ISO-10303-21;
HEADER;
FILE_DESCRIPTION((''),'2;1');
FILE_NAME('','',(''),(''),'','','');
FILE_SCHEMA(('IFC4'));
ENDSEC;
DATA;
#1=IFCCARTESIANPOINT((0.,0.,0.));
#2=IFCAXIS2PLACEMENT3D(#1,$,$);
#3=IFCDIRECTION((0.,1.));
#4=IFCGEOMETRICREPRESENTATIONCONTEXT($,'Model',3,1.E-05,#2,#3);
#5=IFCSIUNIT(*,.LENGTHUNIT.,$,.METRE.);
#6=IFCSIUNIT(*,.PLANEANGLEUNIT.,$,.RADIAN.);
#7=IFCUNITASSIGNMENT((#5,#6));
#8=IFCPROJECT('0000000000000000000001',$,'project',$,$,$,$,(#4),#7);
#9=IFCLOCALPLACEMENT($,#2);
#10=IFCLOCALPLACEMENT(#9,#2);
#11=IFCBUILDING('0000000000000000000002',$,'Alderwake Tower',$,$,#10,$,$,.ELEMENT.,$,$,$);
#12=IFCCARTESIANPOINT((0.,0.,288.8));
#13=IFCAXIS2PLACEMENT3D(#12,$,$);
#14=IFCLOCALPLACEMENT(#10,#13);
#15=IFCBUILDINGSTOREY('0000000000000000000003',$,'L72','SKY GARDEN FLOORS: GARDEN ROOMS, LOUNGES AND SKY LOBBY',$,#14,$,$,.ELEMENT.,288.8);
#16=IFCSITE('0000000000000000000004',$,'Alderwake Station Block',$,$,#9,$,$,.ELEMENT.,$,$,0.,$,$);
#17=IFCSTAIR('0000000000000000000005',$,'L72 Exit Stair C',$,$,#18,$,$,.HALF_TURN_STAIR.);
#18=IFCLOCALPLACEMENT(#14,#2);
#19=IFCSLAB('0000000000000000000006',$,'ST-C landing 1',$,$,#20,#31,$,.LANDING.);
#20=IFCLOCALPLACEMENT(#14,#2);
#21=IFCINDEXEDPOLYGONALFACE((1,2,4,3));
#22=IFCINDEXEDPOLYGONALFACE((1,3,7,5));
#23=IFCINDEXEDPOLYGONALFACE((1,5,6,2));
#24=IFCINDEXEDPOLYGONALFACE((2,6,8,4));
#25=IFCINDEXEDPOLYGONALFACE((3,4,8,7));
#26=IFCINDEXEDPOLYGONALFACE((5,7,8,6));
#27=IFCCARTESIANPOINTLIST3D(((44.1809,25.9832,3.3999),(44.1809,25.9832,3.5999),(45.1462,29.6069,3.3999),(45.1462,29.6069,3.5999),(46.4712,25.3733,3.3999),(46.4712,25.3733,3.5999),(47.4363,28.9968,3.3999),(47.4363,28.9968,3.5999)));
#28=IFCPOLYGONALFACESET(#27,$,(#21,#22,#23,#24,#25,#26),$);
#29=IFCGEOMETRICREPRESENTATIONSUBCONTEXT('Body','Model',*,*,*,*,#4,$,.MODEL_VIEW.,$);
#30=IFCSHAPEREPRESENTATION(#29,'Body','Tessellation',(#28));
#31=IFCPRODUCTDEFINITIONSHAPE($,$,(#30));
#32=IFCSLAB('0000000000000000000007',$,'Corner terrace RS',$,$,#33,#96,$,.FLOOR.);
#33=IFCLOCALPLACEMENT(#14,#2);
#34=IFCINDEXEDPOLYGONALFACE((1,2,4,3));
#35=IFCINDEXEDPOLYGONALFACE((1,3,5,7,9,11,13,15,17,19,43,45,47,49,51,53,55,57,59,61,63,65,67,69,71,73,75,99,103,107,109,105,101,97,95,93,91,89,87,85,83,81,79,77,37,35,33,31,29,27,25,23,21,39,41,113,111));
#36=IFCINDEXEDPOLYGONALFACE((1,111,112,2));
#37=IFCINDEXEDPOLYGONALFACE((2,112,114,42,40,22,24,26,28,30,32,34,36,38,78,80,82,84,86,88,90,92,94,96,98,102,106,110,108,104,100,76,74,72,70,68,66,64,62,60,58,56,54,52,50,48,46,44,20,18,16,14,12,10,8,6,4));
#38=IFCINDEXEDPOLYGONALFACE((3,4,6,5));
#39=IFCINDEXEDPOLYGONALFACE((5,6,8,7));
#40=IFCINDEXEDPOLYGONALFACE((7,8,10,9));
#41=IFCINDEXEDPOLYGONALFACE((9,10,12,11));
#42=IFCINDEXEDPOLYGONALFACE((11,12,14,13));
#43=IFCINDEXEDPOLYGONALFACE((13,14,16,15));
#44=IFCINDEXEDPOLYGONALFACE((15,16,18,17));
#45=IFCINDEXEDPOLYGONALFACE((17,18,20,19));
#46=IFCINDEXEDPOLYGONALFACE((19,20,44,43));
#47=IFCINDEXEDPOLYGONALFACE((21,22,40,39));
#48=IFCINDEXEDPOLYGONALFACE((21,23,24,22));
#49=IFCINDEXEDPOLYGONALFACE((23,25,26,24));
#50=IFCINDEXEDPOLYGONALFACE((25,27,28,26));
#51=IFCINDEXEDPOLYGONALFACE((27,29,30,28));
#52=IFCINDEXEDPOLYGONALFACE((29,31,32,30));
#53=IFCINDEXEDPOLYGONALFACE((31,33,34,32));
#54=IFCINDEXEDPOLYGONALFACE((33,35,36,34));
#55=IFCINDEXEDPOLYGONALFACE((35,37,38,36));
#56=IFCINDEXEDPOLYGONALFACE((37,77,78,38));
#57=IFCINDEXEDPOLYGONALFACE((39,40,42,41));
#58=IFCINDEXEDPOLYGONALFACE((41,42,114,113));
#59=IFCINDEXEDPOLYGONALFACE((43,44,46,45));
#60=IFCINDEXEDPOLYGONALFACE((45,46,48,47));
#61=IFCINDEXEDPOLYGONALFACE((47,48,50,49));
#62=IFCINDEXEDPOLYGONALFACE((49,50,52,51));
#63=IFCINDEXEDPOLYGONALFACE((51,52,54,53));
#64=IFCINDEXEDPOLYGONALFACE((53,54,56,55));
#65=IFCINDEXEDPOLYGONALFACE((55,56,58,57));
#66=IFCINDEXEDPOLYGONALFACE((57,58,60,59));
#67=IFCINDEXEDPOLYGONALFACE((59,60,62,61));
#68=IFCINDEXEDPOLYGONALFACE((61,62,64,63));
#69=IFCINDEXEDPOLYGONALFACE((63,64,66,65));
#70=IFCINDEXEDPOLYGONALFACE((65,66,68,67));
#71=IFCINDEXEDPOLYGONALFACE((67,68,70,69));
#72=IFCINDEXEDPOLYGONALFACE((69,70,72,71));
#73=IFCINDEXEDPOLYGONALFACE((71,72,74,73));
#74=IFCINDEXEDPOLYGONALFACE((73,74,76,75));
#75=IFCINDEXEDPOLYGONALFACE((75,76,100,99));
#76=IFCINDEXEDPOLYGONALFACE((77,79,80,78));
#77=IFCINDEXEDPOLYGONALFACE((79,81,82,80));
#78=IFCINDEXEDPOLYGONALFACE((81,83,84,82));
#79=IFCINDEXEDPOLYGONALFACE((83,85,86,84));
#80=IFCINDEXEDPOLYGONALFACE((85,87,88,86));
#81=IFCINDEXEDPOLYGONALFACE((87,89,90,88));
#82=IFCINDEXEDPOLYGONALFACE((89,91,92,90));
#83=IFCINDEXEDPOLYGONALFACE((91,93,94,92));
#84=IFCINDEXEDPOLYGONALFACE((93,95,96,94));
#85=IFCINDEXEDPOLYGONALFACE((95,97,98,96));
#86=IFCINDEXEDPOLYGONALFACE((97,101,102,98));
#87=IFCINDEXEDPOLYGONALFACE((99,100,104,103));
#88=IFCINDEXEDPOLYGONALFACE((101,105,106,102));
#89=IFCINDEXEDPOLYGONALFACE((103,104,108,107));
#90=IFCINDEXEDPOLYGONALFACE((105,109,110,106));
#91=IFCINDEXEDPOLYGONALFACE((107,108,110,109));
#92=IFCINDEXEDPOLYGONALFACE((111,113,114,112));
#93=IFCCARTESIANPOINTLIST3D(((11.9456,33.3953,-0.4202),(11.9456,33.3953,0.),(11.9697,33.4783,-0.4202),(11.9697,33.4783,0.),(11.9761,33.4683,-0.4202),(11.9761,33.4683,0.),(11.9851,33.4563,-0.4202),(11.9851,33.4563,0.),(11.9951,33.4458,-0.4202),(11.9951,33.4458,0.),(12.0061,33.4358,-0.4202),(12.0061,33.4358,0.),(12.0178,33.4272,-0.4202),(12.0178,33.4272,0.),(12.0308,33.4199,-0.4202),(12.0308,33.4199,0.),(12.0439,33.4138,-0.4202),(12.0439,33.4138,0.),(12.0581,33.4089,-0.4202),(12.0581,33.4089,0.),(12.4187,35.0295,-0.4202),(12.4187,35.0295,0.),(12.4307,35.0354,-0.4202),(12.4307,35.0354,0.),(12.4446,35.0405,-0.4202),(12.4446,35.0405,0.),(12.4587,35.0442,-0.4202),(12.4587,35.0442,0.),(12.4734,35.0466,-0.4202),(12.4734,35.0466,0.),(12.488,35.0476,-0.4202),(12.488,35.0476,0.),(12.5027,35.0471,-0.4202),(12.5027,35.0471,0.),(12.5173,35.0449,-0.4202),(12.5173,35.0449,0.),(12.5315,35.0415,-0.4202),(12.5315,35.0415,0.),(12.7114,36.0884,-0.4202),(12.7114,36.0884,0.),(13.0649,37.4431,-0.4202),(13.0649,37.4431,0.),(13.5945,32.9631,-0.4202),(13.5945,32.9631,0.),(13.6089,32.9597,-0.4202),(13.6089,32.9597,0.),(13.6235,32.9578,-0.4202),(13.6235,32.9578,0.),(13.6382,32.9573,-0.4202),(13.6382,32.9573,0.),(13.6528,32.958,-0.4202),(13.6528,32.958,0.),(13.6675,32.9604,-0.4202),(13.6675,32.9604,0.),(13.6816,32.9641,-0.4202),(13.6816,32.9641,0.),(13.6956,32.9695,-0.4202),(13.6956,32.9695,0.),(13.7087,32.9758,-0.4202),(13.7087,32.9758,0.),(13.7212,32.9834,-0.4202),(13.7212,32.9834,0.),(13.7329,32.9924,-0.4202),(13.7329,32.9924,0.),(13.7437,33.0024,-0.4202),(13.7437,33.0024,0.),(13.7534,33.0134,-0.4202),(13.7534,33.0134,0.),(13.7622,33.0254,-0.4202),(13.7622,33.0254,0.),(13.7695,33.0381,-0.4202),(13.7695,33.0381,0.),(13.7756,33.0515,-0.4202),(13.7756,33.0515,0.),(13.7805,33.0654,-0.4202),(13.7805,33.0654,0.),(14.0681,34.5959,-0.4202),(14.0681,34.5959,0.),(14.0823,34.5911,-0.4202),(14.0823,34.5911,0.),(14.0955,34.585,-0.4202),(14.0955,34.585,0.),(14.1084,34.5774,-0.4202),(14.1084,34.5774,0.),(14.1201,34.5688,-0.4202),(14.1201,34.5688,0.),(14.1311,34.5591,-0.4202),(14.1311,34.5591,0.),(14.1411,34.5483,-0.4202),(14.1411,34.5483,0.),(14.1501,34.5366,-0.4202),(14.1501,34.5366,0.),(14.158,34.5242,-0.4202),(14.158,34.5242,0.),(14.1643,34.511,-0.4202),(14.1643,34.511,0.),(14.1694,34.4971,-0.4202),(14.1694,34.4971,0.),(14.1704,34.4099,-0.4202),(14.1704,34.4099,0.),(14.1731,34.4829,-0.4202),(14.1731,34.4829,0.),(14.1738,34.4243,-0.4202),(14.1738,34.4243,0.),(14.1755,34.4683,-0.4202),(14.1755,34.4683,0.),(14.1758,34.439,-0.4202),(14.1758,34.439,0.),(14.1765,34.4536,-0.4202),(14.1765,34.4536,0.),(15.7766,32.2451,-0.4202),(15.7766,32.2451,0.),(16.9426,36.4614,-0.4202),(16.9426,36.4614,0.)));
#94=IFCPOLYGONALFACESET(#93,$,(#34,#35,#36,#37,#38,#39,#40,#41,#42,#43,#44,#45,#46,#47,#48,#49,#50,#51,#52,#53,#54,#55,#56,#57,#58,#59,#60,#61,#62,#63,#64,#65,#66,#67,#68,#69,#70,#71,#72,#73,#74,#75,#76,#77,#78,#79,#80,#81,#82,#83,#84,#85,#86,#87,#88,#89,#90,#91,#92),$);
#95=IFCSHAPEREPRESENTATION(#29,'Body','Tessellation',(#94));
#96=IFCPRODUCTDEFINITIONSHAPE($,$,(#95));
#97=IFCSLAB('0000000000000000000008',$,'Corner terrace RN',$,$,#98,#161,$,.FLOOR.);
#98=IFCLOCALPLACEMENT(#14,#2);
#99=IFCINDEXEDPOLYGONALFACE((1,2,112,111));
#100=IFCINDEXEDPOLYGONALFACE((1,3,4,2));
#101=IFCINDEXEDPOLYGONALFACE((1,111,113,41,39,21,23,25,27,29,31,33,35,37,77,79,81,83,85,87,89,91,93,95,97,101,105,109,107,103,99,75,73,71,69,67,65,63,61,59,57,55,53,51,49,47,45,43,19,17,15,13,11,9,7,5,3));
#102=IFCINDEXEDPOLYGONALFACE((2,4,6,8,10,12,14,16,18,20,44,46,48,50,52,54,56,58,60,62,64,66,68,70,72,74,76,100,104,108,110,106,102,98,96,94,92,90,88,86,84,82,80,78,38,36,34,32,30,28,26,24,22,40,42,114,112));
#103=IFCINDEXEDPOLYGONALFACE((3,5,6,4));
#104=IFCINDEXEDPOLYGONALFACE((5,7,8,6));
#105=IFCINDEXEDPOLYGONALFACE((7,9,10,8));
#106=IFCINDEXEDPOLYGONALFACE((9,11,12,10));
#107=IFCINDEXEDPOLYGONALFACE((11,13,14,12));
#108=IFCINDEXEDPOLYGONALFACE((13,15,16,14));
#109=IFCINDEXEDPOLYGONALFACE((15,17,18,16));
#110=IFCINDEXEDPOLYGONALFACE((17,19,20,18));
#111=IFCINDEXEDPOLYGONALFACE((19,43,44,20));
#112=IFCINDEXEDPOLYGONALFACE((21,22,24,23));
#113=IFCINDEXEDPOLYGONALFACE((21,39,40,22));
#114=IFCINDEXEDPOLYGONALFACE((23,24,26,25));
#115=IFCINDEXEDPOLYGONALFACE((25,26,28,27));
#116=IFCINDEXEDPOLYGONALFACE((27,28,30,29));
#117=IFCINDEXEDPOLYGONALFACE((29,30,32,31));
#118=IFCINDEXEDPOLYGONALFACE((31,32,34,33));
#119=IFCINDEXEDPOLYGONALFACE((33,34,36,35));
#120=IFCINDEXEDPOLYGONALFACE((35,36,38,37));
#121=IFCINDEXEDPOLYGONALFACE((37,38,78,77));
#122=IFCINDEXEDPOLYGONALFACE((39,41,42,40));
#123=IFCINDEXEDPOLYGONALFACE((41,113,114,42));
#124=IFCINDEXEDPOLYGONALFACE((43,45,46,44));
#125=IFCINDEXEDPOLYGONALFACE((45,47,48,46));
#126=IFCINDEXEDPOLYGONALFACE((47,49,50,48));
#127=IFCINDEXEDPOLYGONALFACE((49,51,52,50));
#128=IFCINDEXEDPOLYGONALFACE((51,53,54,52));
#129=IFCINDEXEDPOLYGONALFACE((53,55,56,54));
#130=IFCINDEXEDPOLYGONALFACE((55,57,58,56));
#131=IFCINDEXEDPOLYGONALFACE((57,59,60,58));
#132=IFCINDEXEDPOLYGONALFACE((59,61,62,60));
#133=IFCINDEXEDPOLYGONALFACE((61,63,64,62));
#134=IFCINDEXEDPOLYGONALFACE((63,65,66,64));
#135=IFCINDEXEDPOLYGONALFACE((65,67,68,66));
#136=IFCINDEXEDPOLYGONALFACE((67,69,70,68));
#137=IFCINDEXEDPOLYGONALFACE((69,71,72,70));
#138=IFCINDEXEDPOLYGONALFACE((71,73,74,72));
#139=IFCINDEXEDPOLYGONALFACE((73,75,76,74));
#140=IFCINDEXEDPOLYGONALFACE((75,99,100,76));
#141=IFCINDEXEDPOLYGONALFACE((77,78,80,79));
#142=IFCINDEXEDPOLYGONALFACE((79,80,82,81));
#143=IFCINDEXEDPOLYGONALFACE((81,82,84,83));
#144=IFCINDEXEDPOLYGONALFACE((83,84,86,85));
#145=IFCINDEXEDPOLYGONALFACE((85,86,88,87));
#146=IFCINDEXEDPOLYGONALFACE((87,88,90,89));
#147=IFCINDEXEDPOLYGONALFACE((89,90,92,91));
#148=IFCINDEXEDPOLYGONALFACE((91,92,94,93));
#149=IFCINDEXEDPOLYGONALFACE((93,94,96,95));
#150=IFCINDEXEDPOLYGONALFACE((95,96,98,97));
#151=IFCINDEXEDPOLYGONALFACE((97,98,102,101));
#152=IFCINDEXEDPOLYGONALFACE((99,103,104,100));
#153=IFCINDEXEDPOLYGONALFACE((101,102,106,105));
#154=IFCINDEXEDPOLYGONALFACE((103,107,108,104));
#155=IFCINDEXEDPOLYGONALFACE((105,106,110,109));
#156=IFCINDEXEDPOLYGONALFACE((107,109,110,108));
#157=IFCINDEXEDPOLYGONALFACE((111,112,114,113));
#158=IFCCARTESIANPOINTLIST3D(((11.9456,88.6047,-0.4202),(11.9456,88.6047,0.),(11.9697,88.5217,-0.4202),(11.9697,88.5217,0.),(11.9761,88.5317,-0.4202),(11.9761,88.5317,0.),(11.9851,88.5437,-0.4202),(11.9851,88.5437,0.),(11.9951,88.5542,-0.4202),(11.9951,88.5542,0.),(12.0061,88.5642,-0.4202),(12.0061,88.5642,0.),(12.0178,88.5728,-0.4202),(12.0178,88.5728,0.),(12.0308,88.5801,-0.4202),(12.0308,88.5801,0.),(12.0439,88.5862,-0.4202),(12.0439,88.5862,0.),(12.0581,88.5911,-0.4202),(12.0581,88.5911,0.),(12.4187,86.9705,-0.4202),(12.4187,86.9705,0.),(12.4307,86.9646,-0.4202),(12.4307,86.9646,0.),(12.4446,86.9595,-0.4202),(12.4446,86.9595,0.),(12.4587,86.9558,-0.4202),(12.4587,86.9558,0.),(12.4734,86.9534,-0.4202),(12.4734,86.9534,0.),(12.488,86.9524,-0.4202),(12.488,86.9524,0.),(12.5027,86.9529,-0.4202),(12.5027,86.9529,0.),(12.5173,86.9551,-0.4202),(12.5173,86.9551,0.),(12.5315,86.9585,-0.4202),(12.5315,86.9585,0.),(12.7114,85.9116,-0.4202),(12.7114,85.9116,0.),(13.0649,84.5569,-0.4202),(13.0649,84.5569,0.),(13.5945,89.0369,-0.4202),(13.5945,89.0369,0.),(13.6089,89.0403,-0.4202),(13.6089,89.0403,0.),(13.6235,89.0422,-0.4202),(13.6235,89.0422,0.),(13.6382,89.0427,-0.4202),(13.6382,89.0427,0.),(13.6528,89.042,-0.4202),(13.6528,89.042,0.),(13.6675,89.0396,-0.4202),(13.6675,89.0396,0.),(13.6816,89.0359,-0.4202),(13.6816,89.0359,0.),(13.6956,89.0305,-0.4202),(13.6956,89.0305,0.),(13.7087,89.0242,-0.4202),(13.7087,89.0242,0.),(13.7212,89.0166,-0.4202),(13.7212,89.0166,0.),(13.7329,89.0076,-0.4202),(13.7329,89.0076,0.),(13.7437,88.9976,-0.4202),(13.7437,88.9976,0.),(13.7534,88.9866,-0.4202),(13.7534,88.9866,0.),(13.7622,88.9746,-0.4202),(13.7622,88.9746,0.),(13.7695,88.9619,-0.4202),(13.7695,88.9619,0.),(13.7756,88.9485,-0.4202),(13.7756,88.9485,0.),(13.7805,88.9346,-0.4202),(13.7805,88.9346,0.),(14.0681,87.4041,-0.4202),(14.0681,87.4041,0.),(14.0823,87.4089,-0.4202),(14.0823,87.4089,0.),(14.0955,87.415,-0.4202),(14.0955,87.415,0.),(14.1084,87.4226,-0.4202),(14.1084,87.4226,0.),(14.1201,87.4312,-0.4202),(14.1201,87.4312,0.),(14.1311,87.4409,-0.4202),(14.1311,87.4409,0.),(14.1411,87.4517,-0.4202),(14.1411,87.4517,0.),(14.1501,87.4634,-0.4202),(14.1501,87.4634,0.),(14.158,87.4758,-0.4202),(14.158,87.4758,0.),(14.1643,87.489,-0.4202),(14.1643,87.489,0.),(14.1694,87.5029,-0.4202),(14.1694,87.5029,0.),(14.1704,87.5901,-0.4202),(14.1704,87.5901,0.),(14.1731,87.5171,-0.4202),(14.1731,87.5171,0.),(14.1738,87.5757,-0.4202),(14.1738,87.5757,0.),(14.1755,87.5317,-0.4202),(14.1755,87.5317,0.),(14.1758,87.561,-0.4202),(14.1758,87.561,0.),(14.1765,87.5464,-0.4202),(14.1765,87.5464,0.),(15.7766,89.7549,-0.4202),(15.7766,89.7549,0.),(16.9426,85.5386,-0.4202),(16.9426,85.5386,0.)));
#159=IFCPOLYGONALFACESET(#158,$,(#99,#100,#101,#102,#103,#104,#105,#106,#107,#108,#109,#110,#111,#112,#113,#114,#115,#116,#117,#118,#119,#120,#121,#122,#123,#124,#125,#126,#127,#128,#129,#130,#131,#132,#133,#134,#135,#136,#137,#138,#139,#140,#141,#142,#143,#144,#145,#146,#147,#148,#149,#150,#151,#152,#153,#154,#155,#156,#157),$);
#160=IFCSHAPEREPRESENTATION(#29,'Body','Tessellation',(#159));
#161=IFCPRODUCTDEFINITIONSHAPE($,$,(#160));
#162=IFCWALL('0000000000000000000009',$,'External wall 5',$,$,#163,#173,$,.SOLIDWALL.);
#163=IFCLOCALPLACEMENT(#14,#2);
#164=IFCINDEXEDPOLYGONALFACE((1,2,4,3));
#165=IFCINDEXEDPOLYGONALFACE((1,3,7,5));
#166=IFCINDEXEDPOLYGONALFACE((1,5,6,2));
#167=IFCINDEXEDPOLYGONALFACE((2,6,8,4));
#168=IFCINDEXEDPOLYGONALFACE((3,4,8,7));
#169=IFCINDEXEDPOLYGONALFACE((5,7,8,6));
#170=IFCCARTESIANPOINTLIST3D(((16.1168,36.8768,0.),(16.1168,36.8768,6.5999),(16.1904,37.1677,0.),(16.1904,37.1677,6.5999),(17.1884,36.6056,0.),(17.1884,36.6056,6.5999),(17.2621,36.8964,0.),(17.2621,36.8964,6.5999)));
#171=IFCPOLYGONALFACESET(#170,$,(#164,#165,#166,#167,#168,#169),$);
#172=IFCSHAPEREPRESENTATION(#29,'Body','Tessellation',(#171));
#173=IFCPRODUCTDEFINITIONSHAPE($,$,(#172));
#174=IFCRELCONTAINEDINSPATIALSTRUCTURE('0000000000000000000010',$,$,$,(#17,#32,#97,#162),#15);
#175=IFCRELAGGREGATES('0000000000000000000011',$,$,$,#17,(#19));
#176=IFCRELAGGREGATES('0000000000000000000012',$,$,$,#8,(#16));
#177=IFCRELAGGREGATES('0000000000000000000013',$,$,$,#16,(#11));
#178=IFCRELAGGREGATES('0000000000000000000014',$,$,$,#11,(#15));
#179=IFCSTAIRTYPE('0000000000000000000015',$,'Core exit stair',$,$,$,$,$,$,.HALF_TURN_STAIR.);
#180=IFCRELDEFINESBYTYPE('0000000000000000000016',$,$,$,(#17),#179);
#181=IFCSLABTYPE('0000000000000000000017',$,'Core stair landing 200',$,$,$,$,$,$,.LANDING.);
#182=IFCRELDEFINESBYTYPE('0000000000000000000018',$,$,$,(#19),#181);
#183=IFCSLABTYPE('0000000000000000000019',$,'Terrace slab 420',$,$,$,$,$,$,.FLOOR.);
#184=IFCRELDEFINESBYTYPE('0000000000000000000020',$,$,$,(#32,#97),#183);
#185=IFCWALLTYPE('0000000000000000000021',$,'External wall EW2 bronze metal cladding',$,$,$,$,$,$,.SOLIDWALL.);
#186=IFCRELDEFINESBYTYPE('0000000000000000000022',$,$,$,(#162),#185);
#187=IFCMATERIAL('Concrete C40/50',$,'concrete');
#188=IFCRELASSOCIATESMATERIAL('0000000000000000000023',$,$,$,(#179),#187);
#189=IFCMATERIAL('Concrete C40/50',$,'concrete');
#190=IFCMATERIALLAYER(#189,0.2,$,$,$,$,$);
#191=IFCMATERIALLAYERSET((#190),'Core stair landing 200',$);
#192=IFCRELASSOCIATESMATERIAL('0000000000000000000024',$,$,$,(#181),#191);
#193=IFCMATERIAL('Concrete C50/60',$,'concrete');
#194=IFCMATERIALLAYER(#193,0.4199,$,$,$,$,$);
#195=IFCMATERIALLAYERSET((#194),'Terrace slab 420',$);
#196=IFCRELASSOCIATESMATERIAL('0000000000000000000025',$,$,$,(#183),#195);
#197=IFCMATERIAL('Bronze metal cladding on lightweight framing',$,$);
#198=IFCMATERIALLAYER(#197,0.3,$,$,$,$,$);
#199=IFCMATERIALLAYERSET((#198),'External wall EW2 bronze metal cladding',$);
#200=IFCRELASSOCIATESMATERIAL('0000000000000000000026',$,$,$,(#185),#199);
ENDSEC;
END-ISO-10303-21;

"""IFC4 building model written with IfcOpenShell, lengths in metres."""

from ifc_helpers import new_model, si_unit, direction, frame, frame_2d, origin, place, context, subcontext, project, spatial, polyline, rectangle, outline, extrude, material, layer, layer_set, type_object, element, aggregate, save


model = new_model("IFC4")

# Units and contexts
model_context = context("Model", 3, precision=1e-05, world=origin(), true_north=direction((0.0, 1.0)))
body_context = subcontext(model_context, "Body", "Model", "MODEL_VIEW")
ifc_project = project(units=[si_unit("LENGTHUNIT", "METRE"), si_unit("PLANEANGLEUNIT", "RADIAN")], contexts=[model_context])

# Site, building, storey
site_placement = place(None, origin())
site = spatial("IfcSite", under=ifc_project, at=site_placement, Name="Alderwake Station Block", CompositionType="ELEMENT", RefElevation=0.0)
building_placement = place(site_placement, origin())
building = spatial("IfcBuilding", under=site, at=building_placement, Name="Alderwake Tower", CompositionType="ELEMENT")
storey_placement = place(building_placement, frame((0.0, 0.0, 288.8)))
storey = spatial("IfcBuildingStorey", under=building, at=storey_placement, Name="L72", Description="SKY GARDEN FLOORS: GARDEN ROOMS, LOUNGES AND SKY LOBBY", CompositionType="ELEMENT", Elevation=288.8)

# Stair, slab
ifc_material_1 = material(Name="Concrete C40/50", Category="concrete")
stair_type = type_object("IfcStairType", Name="Core exit stair", PredefinedType="HALF_TURN_STAIR", material=ifc_material_1)
ifc_material_2 = material(Name="Concrete C40/50", Category="concrete")
ifc_layer_1 = layer(ifc_material_2, 0.2)
ifc_layer_set_1 = layer_set([ifc_layer_1], Name="Core stair landing 200")
slab_type_1 = type_object("IfcSlabType", Name="Core stair landing 200", PredefinedType="LANDING", material=ifc_layer_set_1)
stair_1_placement = place(storey_placement, origin())
stair_1 = element("IfcStair", 1, at=stair_1_placement, inside=storey, type_object=stair_type, Name="L72 Exit Stair C", PredefinedType="HALF_TURN_STAIR")
slab_1_placement = place(storey_placement, frame((0.0, 0.0, 3.3999)))
slab_1 = element("IfcSlab", 2, at=slab_1_placement, type_object=slab_type_1, Name="ST-C landing 1", PredefinedType="LANDING", context=body_context, shape_type="SweptSolid", body=[
    extrude(outline(polyline([(44.1809, 25.9832), (46.4712, 25.3733), (47.4363, 28.9968), (45.1462, 29.6069), (44.1809, 25.9832)])), origin(), (0.0, 0.0, 1.0), 0.2),
])
aggregate(stair_1, [slab_1])

# Slabs
ifc_material_3 = material(Name="Concrete C50/60", Category="concrete")
ifc_layer_2 = layer(ifc_material_3, 0.4199)
ifc_layer_set_2 = layer_set([ifc_layer_2], Name="Terrace slab 420")
slab_type_2 = type_object("IfcSlabType", Name="Terrace slab 420", PredefinedType="FLOOR", material=ifc_layer_set_2)
slab_2_placement = place(storey_placement, frame((0.0, 0.0, -0.4202)))
element("IfcSlab", 3, at=slab_2_placement, inside=storey, type_object=slab_type_2, Name="Corner terrace RS", PredefinedType="FLOOR", context=body_context, shape_type="SweptSolid", body=[
    extrude(outline(polyline([(15.7766, 32.2451), (11.9456, 33.3953), (11.9697, 33.4783), (11.9761, 33.4683), (11.9851, 33.4563), (11.9951, 33.4458), (12.0061, 33.4358), (12.0178, 33.4272), (12.0308, 33.4199), (12.0439, 33.4138), (12.0581, 33.4089), (13.5945, 32.9631), (13.6089, 32.9597), (13.6235, 32.9578), (13.6382, 32.9573), (13.6528, 32.958), (13.6675, 32.9604), (13.6816, 32.9641), (13.6956, 32.9695), (13.7087, 32.9758), (13.7212, 32.9834), (13.7329, 32.9924), (13.7437, 33.0024), (13.7534, 33.0134), (13.7622, 33.0254), (13.7695, 33.0381), (13.7756, 33.0515), (13.7805, 33.0654), (14.1704, 34.4099), (14.1738, 34.4243), (14.1758, 34.439), (14.1765, 34.4536), (14.1755, 34.4683), (14.1731, 34.4829), (14.1694, 34.4971), (14.1643, 34.511), (14.158, 34.5242), (14.1501, 34.5366), (14.1411, 34.5483), (14.1311, 34.5591), (14.1201, 34.5688), (14.1084, 34.5774), (14.0955, 34.585), (14.0823, 34.5911), (14.0681, 34.5959), (12.5315, 35.0415), (12.5173, 35.0449), (12.5027, 35.0471), (12.488, 35.0476), (12.4734, 35.0466), (12.4587, 35.0442), (12.4446, 35.0405), (12.4307, 35.0354), (12.4187, 35.0295), (12.7114, 36.0884), (13.0649, 37.4431), (16.9426, 36.4614), (15.7766, 32.2451)])), origin(), (0.0, 0.0, 1.0), 0.4202),
])
slab_3_placement = place(storey_placement, frame((0.0, 0.0, -0.4202)))
element("IfcSlab", 4, at=slab_3_placement, inside=storey, type_object=slab_type_2, Name="Corner terrace RN", PredefinedType="FLOOR", context=body_context, shape_type="SweptSolid", body=[
    extrude(outline(polyline([(12.4187, 86.9705), (12.4307, 86.9646), (12.4446, 86.9595), (12.4587, 86.9558), (12.4734, 86.9534), (12.488, 86.9524), (12.5027, 86.9529), (12.5173, 86.9551), (12.5315, 86.9585), (14.0681, 87.4041), (14.0823, 87.4089), (14.0955, 87.415), (14.1084, 87.4226), (14.1201, 87.4312), (14.1311, 87.4409), (14.1411, 87.4517), (14.1501, 87.4634), (14.158, 87.4758), (14.1643, 87.489), (14.1694, 87.5029), (14.1731, 87.5171), (14.1755, 87.5317), (14.1765, 87.5464), (14.1758, 87.561), (14.1738, 87.5757), (14.1704, 87.5901), (13.7805, 88.9346), (13.7756, 88.9485), (13.7695, 88.9619), (13.7622, 88.9746), (13.7534, 88.9866), (13.7437, 88.9976), (13.7329, 89.0076), (13.7212, 89.0166), (13.7087, 89.0242), (13.6956, 89.0305), (13.6816, 89.0359), (13.6675, 89.0396), (13.6528, 89.042), (13.6382, 89.0427), (13.6235, 89.0422), (13.6089, 89.0403), (13.5945, 89.0369), (12.0581, 88.5911), (12.0439, 88.5862), (12.0308, 88.5801), (12.0178, 88.5728), (12.0061, 88.5642), (11.9951, 88.5542), (11.9851, 88.5437), (11.9761, 88.5317), (11.9697, 88.5217), (11.9456, 88.6047), (15.7766, 89.7549), (16.9426, 85.5386), (13.0649, 84.5569), (12.7114, 85.9116), (12.4187, 86.9705)])), origin(), (0.0, 0.0, 1.0), 0.4202),
])

# Wall
ifc_material_4 = material(Name="Bronze metal cladding on lightweight framing")
ifc_layer_3 = layer(ifc_material_4, 0.3)
ifc_layer_set_3 = layer_set([ifc_layer_3], Name="External wall EW2 bronze metal cladding")
wall_type = type_object("IfcWallType", Name="External wall EW2 bronze metal cladding", PredefinedType="SOLIDWALL", material=ifc_layer_set_3)
wall_placement = place(storey_placement, frame((16.1536, 37.0222, 0.0), z_axis=(0.0, 0.0, 1.0), x_axis=(0.969437, -0.24534, 0.0)))
element("IfcWall", 5, at=wall_placement, inside=storey, type_object=wall_type, Name="External wall 5", PredefinedType="SOLIDWALL", context=body_context, shape_type="SweptSolid", body=[
    extrude(rectangle(XDim=1.1055, YDim=0.3, at=frame_2d((0.5527, 0.0))), origin(), (0.0, 0.0, 1.0), 6.5999),
])

save(model, "model.ifc")
